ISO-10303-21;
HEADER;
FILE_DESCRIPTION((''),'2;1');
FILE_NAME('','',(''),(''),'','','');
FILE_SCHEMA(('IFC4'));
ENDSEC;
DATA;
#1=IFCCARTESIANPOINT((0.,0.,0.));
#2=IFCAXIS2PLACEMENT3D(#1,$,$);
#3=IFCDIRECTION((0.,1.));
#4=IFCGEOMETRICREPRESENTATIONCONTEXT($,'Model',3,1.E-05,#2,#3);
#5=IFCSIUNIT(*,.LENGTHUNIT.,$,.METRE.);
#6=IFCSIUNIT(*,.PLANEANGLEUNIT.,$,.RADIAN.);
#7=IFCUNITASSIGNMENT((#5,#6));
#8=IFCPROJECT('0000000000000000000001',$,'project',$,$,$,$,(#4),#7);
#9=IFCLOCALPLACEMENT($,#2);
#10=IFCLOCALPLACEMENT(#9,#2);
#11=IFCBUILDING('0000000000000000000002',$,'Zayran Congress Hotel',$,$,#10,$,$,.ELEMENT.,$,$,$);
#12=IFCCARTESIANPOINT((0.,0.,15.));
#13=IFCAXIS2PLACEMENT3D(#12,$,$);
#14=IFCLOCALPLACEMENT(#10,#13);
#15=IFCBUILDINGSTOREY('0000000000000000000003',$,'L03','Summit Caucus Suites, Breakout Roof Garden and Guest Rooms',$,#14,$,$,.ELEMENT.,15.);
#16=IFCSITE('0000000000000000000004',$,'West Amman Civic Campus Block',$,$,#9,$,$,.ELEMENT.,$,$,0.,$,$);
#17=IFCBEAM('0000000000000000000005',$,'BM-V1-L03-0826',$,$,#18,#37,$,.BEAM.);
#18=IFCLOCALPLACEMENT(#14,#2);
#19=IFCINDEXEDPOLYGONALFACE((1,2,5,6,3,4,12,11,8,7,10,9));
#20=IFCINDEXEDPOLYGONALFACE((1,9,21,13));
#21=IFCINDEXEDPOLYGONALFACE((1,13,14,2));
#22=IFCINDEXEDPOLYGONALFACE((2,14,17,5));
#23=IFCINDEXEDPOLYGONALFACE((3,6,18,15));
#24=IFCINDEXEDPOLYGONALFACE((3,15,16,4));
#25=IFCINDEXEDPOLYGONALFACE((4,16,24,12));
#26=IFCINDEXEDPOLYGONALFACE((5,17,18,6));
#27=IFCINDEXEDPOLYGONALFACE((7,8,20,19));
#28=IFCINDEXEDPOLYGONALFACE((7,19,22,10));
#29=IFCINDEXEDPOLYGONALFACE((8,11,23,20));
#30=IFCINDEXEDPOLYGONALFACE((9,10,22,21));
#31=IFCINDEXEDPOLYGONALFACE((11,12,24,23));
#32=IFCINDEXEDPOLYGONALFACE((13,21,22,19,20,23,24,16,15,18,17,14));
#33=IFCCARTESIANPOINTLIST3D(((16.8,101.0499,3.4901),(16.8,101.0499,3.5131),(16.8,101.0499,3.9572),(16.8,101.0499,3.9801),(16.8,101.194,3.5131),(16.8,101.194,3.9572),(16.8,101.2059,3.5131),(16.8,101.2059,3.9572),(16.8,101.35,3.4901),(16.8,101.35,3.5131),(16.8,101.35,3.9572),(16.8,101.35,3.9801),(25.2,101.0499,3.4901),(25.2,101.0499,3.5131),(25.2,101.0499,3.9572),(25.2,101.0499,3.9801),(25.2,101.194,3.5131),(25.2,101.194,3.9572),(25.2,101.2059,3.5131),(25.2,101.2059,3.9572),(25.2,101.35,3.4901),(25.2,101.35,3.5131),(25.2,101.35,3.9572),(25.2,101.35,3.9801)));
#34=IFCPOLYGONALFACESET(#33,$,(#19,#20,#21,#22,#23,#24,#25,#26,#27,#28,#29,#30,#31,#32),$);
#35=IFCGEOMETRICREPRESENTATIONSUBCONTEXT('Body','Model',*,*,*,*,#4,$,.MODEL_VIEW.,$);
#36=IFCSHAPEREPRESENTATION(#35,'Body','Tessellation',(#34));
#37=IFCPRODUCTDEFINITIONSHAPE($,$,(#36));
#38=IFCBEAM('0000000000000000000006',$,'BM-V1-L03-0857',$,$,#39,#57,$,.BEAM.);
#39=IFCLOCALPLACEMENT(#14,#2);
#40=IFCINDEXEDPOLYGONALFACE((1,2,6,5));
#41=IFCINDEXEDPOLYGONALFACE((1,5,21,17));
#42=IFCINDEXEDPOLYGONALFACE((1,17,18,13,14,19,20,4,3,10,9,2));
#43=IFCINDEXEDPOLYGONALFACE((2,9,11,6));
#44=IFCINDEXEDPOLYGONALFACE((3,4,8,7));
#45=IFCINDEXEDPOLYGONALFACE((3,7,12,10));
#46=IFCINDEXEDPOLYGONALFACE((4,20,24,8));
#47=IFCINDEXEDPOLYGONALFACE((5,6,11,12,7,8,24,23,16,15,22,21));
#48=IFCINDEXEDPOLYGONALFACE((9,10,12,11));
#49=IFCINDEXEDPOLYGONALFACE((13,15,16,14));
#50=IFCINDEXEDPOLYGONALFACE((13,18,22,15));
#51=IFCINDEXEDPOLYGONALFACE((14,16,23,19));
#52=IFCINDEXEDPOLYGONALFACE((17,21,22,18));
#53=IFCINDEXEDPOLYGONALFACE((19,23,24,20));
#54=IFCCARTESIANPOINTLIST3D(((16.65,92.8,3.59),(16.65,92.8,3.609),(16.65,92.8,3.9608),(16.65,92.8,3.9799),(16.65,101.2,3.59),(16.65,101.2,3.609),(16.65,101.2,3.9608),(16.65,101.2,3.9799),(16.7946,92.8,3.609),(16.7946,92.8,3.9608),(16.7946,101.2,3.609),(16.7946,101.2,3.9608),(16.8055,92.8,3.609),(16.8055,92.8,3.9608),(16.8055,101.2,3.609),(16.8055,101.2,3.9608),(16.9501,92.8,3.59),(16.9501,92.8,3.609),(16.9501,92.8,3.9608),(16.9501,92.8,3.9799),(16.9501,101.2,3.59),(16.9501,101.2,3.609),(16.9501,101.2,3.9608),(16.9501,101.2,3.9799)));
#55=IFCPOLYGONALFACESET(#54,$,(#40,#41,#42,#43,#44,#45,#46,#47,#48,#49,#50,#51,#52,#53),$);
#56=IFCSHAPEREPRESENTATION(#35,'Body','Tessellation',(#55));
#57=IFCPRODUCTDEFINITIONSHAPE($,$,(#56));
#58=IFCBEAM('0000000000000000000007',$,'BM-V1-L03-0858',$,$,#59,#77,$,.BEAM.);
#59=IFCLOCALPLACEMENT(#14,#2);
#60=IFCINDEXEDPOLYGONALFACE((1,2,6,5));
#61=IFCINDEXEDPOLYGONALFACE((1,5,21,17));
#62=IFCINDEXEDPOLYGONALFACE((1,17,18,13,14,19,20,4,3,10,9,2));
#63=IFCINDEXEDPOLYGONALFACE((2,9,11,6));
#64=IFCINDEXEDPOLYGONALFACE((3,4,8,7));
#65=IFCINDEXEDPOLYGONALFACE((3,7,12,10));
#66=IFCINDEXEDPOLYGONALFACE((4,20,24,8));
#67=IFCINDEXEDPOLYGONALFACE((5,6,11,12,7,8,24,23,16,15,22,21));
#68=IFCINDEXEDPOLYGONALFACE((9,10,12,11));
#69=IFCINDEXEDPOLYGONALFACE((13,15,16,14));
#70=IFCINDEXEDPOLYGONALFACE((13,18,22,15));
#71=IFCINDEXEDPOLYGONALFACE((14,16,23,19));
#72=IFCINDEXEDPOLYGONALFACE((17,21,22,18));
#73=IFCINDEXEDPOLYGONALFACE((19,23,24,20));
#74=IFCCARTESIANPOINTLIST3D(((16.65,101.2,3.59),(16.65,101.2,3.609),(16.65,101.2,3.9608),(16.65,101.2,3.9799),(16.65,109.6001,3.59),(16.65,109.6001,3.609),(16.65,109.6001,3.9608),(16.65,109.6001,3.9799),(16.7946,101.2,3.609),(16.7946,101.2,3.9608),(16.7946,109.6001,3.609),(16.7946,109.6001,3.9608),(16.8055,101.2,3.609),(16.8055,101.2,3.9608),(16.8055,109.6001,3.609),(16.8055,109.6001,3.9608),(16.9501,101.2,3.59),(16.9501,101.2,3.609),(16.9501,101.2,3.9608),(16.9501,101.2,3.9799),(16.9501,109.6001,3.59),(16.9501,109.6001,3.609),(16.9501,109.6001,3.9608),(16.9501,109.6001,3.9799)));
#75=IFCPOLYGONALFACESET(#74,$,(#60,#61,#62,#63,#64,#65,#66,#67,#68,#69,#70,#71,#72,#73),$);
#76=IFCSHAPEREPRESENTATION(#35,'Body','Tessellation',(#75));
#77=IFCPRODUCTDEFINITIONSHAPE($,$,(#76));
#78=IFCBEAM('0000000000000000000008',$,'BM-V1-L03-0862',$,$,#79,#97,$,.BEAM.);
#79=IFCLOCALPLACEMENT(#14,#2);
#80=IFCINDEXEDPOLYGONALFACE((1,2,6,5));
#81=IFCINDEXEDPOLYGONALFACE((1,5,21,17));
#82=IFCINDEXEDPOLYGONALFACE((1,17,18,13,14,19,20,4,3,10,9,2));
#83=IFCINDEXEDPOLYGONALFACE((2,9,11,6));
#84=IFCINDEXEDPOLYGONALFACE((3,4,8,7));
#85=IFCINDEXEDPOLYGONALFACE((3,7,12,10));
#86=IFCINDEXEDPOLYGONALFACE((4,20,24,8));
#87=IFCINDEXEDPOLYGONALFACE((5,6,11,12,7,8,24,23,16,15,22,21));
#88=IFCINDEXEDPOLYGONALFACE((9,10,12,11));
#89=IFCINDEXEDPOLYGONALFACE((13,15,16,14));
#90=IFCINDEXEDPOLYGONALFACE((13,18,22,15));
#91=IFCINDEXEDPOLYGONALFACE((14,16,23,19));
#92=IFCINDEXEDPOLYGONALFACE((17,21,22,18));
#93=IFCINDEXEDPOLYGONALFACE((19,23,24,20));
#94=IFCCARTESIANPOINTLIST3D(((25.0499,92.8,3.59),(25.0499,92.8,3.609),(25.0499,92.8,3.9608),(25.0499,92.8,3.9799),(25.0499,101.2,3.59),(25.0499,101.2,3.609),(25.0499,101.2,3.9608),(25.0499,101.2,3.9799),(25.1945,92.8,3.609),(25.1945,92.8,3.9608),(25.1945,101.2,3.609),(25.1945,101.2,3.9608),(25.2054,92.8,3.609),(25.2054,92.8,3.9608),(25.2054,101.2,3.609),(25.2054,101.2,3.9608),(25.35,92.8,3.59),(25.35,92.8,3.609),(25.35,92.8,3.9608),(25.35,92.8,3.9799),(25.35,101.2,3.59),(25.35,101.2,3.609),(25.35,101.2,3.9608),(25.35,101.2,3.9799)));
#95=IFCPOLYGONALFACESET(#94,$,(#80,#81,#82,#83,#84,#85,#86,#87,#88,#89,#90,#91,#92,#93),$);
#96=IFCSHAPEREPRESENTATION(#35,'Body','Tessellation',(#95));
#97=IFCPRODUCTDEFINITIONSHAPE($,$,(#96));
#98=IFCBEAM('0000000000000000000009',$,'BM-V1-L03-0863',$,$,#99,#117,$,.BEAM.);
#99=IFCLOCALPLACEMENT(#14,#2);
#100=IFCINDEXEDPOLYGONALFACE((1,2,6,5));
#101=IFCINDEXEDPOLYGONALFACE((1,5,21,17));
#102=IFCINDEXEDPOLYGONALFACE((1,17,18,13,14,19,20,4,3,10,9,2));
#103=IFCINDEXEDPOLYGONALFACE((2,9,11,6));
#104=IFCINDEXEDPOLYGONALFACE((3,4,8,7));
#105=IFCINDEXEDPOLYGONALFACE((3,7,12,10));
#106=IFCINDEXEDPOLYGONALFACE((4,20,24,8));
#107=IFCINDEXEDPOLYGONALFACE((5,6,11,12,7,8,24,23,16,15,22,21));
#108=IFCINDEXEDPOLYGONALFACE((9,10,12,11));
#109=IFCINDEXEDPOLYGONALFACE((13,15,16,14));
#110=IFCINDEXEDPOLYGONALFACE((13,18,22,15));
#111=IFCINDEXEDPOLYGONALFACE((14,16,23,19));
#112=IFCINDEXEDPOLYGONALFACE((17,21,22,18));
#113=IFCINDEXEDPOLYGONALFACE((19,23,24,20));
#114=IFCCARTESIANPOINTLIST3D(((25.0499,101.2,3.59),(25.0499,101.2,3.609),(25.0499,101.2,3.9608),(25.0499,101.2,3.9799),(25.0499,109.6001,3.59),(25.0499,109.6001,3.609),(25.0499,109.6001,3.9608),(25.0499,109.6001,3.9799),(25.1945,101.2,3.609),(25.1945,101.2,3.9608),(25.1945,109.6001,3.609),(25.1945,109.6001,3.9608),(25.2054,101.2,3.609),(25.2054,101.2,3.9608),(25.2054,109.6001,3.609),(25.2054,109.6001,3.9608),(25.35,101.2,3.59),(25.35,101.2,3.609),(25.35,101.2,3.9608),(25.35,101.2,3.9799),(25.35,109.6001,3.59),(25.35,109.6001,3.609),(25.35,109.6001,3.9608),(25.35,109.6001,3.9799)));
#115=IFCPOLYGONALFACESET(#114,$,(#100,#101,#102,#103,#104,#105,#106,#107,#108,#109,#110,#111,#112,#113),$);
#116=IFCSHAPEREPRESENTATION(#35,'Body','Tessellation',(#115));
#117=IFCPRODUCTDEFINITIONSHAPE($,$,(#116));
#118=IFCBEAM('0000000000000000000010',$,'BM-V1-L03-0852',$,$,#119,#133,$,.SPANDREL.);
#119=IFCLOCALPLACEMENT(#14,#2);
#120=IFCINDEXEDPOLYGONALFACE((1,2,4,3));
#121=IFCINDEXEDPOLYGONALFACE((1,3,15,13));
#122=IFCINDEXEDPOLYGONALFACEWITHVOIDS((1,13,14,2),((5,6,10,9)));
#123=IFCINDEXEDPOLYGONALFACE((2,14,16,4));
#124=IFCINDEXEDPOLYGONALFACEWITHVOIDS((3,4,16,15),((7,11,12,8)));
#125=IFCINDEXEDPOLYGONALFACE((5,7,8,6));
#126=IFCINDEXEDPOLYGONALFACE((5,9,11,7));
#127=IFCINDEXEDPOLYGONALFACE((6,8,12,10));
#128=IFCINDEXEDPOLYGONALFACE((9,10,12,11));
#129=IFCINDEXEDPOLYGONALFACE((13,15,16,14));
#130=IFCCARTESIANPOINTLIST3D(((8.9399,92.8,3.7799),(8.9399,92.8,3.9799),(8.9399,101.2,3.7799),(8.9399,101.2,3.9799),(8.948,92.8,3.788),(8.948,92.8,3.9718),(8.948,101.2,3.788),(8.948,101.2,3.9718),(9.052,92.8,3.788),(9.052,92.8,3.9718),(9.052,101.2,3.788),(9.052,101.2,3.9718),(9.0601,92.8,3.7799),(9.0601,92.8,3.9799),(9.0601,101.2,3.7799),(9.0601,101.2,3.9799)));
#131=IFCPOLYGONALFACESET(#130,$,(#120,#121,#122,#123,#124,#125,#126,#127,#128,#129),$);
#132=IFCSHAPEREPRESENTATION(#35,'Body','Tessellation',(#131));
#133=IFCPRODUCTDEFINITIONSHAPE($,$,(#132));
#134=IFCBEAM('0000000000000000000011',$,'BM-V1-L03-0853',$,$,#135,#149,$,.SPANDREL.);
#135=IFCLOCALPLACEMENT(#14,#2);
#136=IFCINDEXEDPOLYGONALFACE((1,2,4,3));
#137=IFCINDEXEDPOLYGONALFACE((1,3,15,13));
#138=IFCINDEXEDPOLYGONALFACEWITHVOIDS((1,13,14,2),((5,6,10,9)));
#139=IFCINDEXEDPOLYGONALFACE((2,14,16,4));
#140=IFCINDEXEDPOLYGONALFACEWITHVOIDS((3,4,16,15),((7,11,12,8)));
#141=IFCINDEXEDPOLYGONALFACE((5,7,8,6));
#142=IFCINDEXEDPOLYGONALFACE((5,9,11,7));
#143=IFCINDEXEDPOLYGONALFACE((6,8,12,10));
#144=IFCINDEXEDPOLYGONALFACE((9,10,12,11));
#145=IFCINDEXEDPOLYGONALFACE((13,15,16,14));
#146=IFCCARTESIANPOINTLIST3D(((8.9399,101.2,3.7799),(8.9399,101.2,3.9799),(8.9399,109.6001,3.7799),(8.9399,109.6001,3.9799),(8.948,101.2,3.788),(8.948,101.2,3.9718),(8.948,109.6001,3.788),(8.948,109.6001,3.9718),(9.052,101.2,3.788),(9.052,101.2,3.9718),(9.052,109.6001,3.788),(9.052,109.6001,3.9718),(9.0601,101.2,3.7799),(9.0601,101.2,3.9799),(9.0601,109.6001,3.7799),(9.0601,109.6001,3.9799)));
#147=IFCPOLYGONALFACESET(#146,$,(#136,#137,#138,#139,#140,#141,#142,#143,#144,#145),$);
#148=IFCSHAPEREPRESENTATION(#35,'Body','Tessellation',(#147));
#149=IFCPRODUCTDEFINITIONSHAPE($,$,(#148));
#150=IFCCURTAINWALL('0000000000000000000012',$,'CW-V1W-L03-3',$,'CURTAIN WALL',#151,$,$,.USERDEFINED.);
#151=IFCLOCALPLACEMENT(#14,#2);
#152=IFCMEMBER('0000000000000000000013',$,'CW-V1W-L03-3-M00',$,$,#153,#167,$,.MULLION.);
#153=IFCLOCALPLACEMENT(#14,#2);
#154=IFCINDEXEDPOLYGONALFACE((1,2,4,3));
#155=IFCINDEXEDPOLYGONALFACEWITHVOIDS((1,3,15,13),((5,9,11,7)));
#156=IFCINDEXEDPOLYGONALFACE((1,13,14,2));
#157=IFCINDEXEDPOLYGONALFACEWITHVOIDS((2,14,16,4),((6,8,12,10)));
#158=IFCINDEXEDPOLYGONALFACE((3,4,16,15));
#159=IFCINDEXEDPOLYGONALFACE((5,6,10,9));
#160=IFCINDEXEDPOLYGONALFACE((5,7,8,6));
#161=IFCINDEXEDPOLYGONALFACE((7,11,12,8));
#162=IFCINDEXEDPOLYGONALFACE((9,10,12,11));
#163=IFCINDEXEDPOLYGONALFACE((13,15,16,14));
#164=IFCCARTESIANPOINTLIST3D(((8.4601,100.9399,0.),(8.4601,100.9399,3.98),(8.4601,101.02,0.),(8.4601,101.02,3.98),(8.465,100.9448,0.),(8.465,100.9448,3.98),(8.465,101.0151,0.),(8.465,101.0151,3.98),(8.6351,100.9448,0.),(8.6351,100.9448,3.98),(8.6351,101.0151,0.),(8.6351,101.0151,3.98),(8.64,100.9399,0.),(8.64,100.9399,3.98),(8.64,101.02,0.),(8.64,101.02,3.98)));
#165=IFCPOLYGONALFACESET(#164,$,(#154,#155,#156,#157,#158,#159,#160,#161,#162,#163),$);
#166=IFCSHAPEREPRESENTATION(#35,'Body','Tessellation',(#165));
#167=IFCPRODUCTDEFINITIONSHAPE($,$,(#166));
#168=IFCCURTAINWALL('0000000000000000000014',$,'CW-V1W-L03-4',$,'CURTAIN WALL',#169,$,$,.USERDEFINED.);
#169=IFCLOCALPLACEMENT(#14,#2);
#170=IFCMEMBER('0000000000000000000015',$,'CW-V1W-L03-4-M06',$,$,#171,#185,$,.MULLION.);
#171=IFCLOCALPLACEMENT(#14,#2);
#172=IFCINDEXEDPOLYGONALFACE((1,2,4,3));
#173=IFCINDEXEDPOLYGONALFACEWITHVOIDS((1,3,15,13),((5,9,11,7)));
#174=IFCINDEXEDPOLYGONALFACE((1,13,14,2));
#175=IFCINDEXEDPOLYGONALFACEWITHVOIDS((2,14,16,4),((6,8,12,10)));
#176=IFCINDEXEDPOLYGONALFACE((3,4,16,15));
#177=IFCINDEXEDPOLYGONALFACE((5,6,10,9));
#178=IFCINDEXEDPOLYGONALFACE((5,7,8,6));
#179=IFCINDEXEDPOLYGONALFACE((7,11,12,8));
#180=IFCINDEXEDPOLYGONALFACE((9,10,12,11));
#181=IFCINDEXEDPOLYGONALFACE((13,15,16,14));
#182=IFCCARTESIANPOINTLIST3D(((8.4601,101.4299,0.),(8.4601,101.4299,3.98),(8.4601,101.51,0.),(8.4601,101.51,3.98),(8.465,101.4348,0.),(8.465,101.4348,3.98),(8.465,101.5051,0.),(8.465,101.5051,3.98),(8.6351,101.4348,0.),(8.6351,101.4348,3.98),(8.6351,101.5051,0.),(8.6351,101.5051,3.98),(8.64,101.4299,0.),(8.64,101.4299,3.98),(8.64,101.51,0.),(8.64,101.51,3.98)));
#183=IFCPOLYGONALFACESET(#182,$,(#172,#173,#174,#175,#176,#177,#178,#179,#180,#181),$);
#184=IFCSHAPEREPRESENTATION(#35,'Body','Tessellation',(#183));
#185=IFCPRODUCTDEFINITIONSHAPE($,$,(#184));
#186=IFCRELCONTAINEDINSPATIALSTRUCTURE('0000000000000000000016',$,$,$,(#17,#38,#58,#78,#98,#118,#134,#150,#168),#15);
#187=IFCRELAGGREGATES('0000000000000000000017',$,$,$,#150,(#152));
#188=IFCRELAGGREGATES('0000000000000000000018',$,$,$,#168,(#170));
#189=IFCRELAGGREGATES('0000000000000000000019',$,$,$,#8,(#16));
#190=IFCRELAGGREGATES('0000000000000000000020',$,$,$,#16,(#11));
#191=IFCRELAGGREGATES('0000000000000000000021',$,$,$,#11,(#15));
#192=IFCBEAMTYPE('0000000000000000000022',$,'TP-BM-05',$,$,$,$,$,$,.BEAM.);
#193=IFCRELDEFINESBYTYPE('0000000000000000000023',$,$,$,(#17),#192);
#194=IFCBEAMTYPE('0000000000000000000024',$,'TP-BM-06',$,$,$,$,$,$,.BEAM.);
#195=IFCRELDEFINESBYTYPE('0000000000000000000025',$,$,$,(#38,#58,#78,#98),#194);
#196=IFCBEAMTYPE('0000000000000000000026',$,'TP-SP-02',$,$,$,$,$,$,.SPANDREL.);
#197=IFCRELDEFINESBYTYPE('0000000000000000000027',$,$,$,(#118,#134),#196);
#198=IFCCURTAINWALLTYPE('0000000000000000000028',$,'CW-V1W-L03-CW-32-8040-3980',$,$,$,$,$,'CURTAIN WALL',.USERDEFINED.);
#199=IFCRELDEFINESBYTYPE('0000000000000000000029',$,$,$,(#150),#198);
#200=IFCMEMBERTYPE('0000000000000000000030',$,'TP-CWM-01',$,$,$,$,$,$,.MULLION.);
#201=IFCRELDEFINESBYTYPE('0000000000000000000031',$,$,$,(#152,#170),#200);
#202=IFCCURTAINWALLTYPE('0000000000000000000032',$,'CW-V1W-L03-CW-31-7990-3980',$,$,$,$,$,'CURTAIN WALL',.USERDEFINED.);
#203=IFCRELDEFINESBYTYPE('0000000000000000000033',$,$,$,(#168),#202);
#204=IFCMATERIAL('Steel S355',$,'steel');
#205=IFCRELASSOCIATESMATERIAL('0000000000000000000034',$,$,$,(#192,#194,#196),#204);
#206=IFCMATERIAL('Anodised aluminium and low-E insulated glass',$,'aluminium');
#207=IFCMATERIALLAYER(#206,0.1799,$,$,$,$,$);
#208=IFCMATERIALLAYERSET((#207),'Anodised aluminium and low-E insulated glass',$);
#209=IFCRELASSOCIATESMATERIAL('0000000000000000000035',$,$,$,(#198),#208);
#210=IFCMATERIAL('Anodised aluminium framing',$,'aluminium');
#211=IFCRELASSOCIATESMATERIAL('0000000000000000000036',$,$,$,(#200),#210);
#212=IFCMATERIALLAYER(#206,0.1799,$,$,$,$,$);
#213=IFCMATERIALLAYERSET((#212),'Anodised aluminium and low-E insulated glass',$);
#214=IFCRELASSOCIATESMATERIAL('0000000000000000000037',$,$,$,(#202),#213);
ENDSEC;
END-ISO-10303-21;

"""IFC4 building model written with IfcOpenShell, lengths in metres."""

from ifc_helpers import new_model, si_unit, direction, frame, origin, origin_2d, place, context, subcontext, project, spatial, hollow_rectangle, i_section, extrude, material, layer, layer_set, material_profile, profile_set, type_object, element, aggregate, save


model = new_model("IFC4")

# Units and contexts
model_context = context("Model", 3, precision=1e-05, world=origin(), true_north=direction((0.0, 1.0)))
body_context = subcontext(model_context, "Body", "Model", "MODEL_VIEW")
ifc_project = project(units=[si_unit("LENGTHUNIT", "METRE"), si_unit("PLANEANGLEUNIT", "RADIAN")], contexts=[model_context])

# Site, building, storey
site_placement = place(None, origin())
site = spatial("IfcSite", under=ifc_project, at=site_placement, Name="West Amman Civic Campus Block", CompositionType="ELEMENT", RefElevation=0.0)
building_placement = place(site_placement, origin())
building = spatial("IfcBuilding", under=site, at=building_placement, Name="Zayran Congress Hotel", CompositionType="ELEMENT")
storey_placement = place(building_placement, frame((0.0, 0.0, 15.0)))
storey = spatial("IfcBuildingStorey", under=building, at=storey_placement, Name="L03", Description="Summit Caucus Suites, Breakout Roof Garden and Guest Rooms", CompositionType="ELEMENT", Elevation=15.0)

# Shared definitions
ifc_material_1 = material(Name="Steel S355", Category="steel")

# Beams
ifc_material_profile_1 = material_profile(ifc_material_1, i_section(OverallWidth=0.3, OverallDepth=0.49, WebThickness=0.012, FlangeThickness=0.0229, at=origin_2d()), Name="HEA 500")
ifc_profile_set_1 = profile_set([ifc_material_profile_1], Name="Steel S355")
beam_type_1 = type_object("IfcBeamType", Name="TP-BM-05", PredefinedType="BEAM", material=ifc_profile_set_1)
beam_1_placement = place(storey_placement, frame((16.8, 101.2, 3.7351), z_axis=(1.0, 0.0, 0.0), x_axis=(0.0, 1.0, 0.0)))
element("IfcBeam", 1, at=beam_1_placement, inside=storey, type_object=beam_type_1, Name="BM-V1-L03-0826", PredefinedType="BEAM", context=body_context, shape_type="SweptSolid", body=[
    extrude(i_section(OverallWidth=0.3, OverallDepth=0.49, WebThickness=0.012, FlangeThickness=0.0229, at=origin_2d()), origin(), (0.0, 0.0, 1.0), 8.3999),
])
ifc_material_profile_2 = material_profile(ifc_material_1, i_section(OverallWidth=0.3, OverallDepth=0.3899, WebThickness=0.011, FlangeThickness=0.019, at=origin_2d()), Name="HEA 400")
ifc_profile_set_2 = profile_set([ifc_material_profile_2], Name="Steel S355")
beam_type_2 = type_object("IfcBeamType", Name="TP-BM-06", PredefinedType="BEAM", material=ifc_profile_set_2)
beam_2_placement = place(storey_placement, frame((16.8, 92.8, 3.7849), z_axis=(0.0, 1.0, 0.0), x_axis=(-1.0, 0.0, 0.0)))
element("IfcBeam", 2, at=beam_2_placement, inside=storey, type_object=beam_type_2, Name="BM-V1-L03-0857", PredefinedType="BEAM", context=body_context, shape_type="SweptSolid", body=[
    extrude(i_section(OverallWidth=0.3, OverallDepth=0.3899, WebThickness=0.011, FlangeThickness=0.019, at=origin_2d()), origin(), (0.0, 0.0, 1.0), 8.3999),
])
beam_3_placement = place(storey_placement, frame((16.8, 101.2, 3.7849), z_axis=(0.0, 1.0, 0.0), x_axis=(-1.0, 0.0, 0.0)))
element("IfcBeam", 3, at=beam_3_placement, inside=storey, type_object=beam_type_2, Name="BM-V1-L03-0858", PredefinedType="BEAM", context=body_context, shape_type="SweptSolid", body=[
    extrude(i_section(OverallWidth=0.3, OverallDepth=0.3899, WebThickness=0.011, FlangeThickness=0.019, at=origin_2d()), origin(), (0.0, 0.0, 1.0), 8.4001),
])
beam_4_placement = place(storey_placement, frame((25.2, 92.8, 3.7849), z_axis=(0.0, 1.0, 0.0), x_axis=(-1.0, 0.0, 0.0)))
element("IfcBeam", 4, at=beam_4_placement, inside=storey, type_object=beam_type_2, Name="BM-V1-L03-0862", PredefinedType="BEAM", context=body_context, shape_type="SweptSolid", body=[
    extrude(i_section(OverallWidth=0.3, OverallDepth=0.3899, WebThickness=0.011, FlangeThickness=0.019, at=origin_2d()), origin(), (0.0, 0.0, 1.0), 8.3999),
])
beam_5_placement = place(storey_placement, frame((25.2, 101.2, 3.7849), z_axis=(0.0, 1.0, 0.0), x_axis=(-1.0, 0.0, 0.0)))
element("IfcBeam", 5, at=beam_5_placement, inside=storey, type_object=beam_type_2, Name="BM-V1-L03-0863", PredefinedType="BEAM", context=body_context, shape_type="SweptSolid", body=[
    extrude(i_section(OverallWidth=0.3, OverallDepth=0.3899, WebThickness=0.011, FlangeThickness=0.019, at=origin_2d()), origin(), (0.0, 0.0, 1.0), 8.4001),
])
ifc_material_profile_3 = material_profile(ifc_material_1, hollow_rectangle(XDim=0.1201, YDim=0.2, WallThickness=0.0081, at=origin_2d()), Name="RHS 200x120x8")
ifc_profile_set_3 = profile_set([ifc_material_profile_3], Name="Steel S355")
beam_type_3 = type_object("IfcBeamType", Name="TP-SP-02", PredefinedType="SPANDREL", material=ifc_profile_set_3)
beam_6_placement = place(storey_placement, frame((9.0, 92.8, 3.8799), z_axis=(0.0, 1.0, 0.0), x_axis=(-1.0, 0.0, 0.0)))
element("IfcBeam", 6, at=beam_6_placement, inside=storey, type_object=beam_type_3, Name="BM-V1-L03-0852", PredefinedType="SPANDREL", context=body_context, shape_type="SweptSolid", body=[
    extrude(hollow_rectangle(XDim=0.1201, YDim=0.2, WallThickness=0.0081, at=origin_2d()), origin(), (0.0, 0.0, 1.0), 8.3999),
])
beam_7_placement = place(storey_placement, frame((9.0, 101.2, 3.8799), z_axis=(0.0, 1.0, 0.0), x_axis=(-1.0, 0.0, 0.0)))
element("IfcBeam", 7, at=beam_7_placement, inside=storey, type_object=beam_type_3, Name="BM-V1-L03-0853", PredefinedType="SPANDREL", context=body_context, shape_type="SweptSolid", body=[
    extrude(hollow_rectangle(XDim=0.1201, YDim=0.2, WallThickness=0.0081, at=origin_2d()), origin(), (0.0, 0.0, 1.0), 8.4001),
])

# Curtain wall, member
ifc_material_2 = material(Name="Anodised aluminium and low-E insulated glass", Category="aluminium")
ifc_layer_1 = layer(ifc_material_2, 0.1799)
ifc_layer_set_1 = layer_set([ifc_layer_1], Name="Anodised aluminium and low-E insulated glass")
curtain_wall_type_1 = type_object("IfcCurtainWallType", Name="CW-V1W-L03-CW-32-8040-3980", ElementType="CURTAIN WALL", PredefinedType="USERDEFINED", material=ifc_layer_set_1)
curtain_wall_1_placement = place(storey_placement, origin())
curtain_wall_1 = element("IfcCurtainWall", 8, at=curtain_wall_1_placement, inside=storey, type_object=curtain_wall_type_1, Name="CW-V1W-L03-3", ObjectType="CURTAIN WALL", PredefinedType="USERDEFINED")
ifc_material_3 = material(Name="Anodised aluminium framing", Category="aluminium")
ifc_material_profile_4 = material_profile(ifc_material_3, hollow_rectangle(XDim=0.0801, YDim=0.1799, WallThickness=0.0049, at=origin_2d()), Name="RHS 180x80x5")
ifc_profile_set_4 = profile_set([ifc_material_profile_4], Name="Anodised aluminium framing")
member_type_1 = type_object("IfcMemberType", Name="TP-CWM-01", PredefinedType="MULLION", material=ifc_profile_set_4)
member_1_placement = place(storey_placement, frame((8.55, 100.98, 0.0), z_axis=(0.0, 0.0, 1.0), x_axis=(0.0, 1.0, 0.0)))
member_1 = element("IfcMember", 9, at=member_1_placement, type_object=member_type_1, Name="CW-V1W-L03-3-M00", PredefinedType="MULLION", context=body_context, shape_type="SweptSolid", body=[
    extrude(hollow_rectangle(XDim=0.0801, YDim=0.1799, WallThickness=0.0049, at=origin_2d()), origin(), (0.0, 0.0, 1.0), 3.98),
])
aggregate(curtain_wall_1, [member_1])

# Curtain wall, member
ifc_layer_2 = layer(ifc_material_2, 0.1799)
ifc_layer_set_2 = layer_set([ifc_layer_2], Name="Anodised aluminium and low-E insulated glass")
curtain_wall_type_2 = type_object("IfcCurtainWallType", Name="CW-V1W-L03-CW-31-7990-3980", ElementType="CURTAIN WALL", PredefinedType="USERDEFINED", material=ifc_layer_set_2)
curtain_wall_2_placement = place(storey_placement, origin())
curtain_wall_2 = element("IfcCurtainWall", 10, at=curtain_wall_2_placement, inside=storey, type_object=curtain_wall_type_2, Name="CW-V1W-L03-4", ObjectType="CURTAIN WALL", PredefinedType="USERDEFINED")
member_2_placement = place(storey_placement, frame((8.55, 101.47, 0.0), z_axis=(0.0, 0.0, 1.0), x_axis=(0.0, 1.0, 0.0)))
member_2 = element("IfcMember", 11, at=member_2_placement, type_object=member_type_1, Name="CW-V1W-L03-4-M06", PredefinedType="MULLION", context=body_context, shape_type="SweptSolid", body=[
    extrude(hollow_rectangle(XDim=0.0801, YDim=0.1799, WallThickness=0.0049, at=origin_2d()), origin(), (0.0, 0.0, 1.0), 3.98),
])
aggregate(curtain_wall_2, [member_2])

save(model, "model.ifc")
